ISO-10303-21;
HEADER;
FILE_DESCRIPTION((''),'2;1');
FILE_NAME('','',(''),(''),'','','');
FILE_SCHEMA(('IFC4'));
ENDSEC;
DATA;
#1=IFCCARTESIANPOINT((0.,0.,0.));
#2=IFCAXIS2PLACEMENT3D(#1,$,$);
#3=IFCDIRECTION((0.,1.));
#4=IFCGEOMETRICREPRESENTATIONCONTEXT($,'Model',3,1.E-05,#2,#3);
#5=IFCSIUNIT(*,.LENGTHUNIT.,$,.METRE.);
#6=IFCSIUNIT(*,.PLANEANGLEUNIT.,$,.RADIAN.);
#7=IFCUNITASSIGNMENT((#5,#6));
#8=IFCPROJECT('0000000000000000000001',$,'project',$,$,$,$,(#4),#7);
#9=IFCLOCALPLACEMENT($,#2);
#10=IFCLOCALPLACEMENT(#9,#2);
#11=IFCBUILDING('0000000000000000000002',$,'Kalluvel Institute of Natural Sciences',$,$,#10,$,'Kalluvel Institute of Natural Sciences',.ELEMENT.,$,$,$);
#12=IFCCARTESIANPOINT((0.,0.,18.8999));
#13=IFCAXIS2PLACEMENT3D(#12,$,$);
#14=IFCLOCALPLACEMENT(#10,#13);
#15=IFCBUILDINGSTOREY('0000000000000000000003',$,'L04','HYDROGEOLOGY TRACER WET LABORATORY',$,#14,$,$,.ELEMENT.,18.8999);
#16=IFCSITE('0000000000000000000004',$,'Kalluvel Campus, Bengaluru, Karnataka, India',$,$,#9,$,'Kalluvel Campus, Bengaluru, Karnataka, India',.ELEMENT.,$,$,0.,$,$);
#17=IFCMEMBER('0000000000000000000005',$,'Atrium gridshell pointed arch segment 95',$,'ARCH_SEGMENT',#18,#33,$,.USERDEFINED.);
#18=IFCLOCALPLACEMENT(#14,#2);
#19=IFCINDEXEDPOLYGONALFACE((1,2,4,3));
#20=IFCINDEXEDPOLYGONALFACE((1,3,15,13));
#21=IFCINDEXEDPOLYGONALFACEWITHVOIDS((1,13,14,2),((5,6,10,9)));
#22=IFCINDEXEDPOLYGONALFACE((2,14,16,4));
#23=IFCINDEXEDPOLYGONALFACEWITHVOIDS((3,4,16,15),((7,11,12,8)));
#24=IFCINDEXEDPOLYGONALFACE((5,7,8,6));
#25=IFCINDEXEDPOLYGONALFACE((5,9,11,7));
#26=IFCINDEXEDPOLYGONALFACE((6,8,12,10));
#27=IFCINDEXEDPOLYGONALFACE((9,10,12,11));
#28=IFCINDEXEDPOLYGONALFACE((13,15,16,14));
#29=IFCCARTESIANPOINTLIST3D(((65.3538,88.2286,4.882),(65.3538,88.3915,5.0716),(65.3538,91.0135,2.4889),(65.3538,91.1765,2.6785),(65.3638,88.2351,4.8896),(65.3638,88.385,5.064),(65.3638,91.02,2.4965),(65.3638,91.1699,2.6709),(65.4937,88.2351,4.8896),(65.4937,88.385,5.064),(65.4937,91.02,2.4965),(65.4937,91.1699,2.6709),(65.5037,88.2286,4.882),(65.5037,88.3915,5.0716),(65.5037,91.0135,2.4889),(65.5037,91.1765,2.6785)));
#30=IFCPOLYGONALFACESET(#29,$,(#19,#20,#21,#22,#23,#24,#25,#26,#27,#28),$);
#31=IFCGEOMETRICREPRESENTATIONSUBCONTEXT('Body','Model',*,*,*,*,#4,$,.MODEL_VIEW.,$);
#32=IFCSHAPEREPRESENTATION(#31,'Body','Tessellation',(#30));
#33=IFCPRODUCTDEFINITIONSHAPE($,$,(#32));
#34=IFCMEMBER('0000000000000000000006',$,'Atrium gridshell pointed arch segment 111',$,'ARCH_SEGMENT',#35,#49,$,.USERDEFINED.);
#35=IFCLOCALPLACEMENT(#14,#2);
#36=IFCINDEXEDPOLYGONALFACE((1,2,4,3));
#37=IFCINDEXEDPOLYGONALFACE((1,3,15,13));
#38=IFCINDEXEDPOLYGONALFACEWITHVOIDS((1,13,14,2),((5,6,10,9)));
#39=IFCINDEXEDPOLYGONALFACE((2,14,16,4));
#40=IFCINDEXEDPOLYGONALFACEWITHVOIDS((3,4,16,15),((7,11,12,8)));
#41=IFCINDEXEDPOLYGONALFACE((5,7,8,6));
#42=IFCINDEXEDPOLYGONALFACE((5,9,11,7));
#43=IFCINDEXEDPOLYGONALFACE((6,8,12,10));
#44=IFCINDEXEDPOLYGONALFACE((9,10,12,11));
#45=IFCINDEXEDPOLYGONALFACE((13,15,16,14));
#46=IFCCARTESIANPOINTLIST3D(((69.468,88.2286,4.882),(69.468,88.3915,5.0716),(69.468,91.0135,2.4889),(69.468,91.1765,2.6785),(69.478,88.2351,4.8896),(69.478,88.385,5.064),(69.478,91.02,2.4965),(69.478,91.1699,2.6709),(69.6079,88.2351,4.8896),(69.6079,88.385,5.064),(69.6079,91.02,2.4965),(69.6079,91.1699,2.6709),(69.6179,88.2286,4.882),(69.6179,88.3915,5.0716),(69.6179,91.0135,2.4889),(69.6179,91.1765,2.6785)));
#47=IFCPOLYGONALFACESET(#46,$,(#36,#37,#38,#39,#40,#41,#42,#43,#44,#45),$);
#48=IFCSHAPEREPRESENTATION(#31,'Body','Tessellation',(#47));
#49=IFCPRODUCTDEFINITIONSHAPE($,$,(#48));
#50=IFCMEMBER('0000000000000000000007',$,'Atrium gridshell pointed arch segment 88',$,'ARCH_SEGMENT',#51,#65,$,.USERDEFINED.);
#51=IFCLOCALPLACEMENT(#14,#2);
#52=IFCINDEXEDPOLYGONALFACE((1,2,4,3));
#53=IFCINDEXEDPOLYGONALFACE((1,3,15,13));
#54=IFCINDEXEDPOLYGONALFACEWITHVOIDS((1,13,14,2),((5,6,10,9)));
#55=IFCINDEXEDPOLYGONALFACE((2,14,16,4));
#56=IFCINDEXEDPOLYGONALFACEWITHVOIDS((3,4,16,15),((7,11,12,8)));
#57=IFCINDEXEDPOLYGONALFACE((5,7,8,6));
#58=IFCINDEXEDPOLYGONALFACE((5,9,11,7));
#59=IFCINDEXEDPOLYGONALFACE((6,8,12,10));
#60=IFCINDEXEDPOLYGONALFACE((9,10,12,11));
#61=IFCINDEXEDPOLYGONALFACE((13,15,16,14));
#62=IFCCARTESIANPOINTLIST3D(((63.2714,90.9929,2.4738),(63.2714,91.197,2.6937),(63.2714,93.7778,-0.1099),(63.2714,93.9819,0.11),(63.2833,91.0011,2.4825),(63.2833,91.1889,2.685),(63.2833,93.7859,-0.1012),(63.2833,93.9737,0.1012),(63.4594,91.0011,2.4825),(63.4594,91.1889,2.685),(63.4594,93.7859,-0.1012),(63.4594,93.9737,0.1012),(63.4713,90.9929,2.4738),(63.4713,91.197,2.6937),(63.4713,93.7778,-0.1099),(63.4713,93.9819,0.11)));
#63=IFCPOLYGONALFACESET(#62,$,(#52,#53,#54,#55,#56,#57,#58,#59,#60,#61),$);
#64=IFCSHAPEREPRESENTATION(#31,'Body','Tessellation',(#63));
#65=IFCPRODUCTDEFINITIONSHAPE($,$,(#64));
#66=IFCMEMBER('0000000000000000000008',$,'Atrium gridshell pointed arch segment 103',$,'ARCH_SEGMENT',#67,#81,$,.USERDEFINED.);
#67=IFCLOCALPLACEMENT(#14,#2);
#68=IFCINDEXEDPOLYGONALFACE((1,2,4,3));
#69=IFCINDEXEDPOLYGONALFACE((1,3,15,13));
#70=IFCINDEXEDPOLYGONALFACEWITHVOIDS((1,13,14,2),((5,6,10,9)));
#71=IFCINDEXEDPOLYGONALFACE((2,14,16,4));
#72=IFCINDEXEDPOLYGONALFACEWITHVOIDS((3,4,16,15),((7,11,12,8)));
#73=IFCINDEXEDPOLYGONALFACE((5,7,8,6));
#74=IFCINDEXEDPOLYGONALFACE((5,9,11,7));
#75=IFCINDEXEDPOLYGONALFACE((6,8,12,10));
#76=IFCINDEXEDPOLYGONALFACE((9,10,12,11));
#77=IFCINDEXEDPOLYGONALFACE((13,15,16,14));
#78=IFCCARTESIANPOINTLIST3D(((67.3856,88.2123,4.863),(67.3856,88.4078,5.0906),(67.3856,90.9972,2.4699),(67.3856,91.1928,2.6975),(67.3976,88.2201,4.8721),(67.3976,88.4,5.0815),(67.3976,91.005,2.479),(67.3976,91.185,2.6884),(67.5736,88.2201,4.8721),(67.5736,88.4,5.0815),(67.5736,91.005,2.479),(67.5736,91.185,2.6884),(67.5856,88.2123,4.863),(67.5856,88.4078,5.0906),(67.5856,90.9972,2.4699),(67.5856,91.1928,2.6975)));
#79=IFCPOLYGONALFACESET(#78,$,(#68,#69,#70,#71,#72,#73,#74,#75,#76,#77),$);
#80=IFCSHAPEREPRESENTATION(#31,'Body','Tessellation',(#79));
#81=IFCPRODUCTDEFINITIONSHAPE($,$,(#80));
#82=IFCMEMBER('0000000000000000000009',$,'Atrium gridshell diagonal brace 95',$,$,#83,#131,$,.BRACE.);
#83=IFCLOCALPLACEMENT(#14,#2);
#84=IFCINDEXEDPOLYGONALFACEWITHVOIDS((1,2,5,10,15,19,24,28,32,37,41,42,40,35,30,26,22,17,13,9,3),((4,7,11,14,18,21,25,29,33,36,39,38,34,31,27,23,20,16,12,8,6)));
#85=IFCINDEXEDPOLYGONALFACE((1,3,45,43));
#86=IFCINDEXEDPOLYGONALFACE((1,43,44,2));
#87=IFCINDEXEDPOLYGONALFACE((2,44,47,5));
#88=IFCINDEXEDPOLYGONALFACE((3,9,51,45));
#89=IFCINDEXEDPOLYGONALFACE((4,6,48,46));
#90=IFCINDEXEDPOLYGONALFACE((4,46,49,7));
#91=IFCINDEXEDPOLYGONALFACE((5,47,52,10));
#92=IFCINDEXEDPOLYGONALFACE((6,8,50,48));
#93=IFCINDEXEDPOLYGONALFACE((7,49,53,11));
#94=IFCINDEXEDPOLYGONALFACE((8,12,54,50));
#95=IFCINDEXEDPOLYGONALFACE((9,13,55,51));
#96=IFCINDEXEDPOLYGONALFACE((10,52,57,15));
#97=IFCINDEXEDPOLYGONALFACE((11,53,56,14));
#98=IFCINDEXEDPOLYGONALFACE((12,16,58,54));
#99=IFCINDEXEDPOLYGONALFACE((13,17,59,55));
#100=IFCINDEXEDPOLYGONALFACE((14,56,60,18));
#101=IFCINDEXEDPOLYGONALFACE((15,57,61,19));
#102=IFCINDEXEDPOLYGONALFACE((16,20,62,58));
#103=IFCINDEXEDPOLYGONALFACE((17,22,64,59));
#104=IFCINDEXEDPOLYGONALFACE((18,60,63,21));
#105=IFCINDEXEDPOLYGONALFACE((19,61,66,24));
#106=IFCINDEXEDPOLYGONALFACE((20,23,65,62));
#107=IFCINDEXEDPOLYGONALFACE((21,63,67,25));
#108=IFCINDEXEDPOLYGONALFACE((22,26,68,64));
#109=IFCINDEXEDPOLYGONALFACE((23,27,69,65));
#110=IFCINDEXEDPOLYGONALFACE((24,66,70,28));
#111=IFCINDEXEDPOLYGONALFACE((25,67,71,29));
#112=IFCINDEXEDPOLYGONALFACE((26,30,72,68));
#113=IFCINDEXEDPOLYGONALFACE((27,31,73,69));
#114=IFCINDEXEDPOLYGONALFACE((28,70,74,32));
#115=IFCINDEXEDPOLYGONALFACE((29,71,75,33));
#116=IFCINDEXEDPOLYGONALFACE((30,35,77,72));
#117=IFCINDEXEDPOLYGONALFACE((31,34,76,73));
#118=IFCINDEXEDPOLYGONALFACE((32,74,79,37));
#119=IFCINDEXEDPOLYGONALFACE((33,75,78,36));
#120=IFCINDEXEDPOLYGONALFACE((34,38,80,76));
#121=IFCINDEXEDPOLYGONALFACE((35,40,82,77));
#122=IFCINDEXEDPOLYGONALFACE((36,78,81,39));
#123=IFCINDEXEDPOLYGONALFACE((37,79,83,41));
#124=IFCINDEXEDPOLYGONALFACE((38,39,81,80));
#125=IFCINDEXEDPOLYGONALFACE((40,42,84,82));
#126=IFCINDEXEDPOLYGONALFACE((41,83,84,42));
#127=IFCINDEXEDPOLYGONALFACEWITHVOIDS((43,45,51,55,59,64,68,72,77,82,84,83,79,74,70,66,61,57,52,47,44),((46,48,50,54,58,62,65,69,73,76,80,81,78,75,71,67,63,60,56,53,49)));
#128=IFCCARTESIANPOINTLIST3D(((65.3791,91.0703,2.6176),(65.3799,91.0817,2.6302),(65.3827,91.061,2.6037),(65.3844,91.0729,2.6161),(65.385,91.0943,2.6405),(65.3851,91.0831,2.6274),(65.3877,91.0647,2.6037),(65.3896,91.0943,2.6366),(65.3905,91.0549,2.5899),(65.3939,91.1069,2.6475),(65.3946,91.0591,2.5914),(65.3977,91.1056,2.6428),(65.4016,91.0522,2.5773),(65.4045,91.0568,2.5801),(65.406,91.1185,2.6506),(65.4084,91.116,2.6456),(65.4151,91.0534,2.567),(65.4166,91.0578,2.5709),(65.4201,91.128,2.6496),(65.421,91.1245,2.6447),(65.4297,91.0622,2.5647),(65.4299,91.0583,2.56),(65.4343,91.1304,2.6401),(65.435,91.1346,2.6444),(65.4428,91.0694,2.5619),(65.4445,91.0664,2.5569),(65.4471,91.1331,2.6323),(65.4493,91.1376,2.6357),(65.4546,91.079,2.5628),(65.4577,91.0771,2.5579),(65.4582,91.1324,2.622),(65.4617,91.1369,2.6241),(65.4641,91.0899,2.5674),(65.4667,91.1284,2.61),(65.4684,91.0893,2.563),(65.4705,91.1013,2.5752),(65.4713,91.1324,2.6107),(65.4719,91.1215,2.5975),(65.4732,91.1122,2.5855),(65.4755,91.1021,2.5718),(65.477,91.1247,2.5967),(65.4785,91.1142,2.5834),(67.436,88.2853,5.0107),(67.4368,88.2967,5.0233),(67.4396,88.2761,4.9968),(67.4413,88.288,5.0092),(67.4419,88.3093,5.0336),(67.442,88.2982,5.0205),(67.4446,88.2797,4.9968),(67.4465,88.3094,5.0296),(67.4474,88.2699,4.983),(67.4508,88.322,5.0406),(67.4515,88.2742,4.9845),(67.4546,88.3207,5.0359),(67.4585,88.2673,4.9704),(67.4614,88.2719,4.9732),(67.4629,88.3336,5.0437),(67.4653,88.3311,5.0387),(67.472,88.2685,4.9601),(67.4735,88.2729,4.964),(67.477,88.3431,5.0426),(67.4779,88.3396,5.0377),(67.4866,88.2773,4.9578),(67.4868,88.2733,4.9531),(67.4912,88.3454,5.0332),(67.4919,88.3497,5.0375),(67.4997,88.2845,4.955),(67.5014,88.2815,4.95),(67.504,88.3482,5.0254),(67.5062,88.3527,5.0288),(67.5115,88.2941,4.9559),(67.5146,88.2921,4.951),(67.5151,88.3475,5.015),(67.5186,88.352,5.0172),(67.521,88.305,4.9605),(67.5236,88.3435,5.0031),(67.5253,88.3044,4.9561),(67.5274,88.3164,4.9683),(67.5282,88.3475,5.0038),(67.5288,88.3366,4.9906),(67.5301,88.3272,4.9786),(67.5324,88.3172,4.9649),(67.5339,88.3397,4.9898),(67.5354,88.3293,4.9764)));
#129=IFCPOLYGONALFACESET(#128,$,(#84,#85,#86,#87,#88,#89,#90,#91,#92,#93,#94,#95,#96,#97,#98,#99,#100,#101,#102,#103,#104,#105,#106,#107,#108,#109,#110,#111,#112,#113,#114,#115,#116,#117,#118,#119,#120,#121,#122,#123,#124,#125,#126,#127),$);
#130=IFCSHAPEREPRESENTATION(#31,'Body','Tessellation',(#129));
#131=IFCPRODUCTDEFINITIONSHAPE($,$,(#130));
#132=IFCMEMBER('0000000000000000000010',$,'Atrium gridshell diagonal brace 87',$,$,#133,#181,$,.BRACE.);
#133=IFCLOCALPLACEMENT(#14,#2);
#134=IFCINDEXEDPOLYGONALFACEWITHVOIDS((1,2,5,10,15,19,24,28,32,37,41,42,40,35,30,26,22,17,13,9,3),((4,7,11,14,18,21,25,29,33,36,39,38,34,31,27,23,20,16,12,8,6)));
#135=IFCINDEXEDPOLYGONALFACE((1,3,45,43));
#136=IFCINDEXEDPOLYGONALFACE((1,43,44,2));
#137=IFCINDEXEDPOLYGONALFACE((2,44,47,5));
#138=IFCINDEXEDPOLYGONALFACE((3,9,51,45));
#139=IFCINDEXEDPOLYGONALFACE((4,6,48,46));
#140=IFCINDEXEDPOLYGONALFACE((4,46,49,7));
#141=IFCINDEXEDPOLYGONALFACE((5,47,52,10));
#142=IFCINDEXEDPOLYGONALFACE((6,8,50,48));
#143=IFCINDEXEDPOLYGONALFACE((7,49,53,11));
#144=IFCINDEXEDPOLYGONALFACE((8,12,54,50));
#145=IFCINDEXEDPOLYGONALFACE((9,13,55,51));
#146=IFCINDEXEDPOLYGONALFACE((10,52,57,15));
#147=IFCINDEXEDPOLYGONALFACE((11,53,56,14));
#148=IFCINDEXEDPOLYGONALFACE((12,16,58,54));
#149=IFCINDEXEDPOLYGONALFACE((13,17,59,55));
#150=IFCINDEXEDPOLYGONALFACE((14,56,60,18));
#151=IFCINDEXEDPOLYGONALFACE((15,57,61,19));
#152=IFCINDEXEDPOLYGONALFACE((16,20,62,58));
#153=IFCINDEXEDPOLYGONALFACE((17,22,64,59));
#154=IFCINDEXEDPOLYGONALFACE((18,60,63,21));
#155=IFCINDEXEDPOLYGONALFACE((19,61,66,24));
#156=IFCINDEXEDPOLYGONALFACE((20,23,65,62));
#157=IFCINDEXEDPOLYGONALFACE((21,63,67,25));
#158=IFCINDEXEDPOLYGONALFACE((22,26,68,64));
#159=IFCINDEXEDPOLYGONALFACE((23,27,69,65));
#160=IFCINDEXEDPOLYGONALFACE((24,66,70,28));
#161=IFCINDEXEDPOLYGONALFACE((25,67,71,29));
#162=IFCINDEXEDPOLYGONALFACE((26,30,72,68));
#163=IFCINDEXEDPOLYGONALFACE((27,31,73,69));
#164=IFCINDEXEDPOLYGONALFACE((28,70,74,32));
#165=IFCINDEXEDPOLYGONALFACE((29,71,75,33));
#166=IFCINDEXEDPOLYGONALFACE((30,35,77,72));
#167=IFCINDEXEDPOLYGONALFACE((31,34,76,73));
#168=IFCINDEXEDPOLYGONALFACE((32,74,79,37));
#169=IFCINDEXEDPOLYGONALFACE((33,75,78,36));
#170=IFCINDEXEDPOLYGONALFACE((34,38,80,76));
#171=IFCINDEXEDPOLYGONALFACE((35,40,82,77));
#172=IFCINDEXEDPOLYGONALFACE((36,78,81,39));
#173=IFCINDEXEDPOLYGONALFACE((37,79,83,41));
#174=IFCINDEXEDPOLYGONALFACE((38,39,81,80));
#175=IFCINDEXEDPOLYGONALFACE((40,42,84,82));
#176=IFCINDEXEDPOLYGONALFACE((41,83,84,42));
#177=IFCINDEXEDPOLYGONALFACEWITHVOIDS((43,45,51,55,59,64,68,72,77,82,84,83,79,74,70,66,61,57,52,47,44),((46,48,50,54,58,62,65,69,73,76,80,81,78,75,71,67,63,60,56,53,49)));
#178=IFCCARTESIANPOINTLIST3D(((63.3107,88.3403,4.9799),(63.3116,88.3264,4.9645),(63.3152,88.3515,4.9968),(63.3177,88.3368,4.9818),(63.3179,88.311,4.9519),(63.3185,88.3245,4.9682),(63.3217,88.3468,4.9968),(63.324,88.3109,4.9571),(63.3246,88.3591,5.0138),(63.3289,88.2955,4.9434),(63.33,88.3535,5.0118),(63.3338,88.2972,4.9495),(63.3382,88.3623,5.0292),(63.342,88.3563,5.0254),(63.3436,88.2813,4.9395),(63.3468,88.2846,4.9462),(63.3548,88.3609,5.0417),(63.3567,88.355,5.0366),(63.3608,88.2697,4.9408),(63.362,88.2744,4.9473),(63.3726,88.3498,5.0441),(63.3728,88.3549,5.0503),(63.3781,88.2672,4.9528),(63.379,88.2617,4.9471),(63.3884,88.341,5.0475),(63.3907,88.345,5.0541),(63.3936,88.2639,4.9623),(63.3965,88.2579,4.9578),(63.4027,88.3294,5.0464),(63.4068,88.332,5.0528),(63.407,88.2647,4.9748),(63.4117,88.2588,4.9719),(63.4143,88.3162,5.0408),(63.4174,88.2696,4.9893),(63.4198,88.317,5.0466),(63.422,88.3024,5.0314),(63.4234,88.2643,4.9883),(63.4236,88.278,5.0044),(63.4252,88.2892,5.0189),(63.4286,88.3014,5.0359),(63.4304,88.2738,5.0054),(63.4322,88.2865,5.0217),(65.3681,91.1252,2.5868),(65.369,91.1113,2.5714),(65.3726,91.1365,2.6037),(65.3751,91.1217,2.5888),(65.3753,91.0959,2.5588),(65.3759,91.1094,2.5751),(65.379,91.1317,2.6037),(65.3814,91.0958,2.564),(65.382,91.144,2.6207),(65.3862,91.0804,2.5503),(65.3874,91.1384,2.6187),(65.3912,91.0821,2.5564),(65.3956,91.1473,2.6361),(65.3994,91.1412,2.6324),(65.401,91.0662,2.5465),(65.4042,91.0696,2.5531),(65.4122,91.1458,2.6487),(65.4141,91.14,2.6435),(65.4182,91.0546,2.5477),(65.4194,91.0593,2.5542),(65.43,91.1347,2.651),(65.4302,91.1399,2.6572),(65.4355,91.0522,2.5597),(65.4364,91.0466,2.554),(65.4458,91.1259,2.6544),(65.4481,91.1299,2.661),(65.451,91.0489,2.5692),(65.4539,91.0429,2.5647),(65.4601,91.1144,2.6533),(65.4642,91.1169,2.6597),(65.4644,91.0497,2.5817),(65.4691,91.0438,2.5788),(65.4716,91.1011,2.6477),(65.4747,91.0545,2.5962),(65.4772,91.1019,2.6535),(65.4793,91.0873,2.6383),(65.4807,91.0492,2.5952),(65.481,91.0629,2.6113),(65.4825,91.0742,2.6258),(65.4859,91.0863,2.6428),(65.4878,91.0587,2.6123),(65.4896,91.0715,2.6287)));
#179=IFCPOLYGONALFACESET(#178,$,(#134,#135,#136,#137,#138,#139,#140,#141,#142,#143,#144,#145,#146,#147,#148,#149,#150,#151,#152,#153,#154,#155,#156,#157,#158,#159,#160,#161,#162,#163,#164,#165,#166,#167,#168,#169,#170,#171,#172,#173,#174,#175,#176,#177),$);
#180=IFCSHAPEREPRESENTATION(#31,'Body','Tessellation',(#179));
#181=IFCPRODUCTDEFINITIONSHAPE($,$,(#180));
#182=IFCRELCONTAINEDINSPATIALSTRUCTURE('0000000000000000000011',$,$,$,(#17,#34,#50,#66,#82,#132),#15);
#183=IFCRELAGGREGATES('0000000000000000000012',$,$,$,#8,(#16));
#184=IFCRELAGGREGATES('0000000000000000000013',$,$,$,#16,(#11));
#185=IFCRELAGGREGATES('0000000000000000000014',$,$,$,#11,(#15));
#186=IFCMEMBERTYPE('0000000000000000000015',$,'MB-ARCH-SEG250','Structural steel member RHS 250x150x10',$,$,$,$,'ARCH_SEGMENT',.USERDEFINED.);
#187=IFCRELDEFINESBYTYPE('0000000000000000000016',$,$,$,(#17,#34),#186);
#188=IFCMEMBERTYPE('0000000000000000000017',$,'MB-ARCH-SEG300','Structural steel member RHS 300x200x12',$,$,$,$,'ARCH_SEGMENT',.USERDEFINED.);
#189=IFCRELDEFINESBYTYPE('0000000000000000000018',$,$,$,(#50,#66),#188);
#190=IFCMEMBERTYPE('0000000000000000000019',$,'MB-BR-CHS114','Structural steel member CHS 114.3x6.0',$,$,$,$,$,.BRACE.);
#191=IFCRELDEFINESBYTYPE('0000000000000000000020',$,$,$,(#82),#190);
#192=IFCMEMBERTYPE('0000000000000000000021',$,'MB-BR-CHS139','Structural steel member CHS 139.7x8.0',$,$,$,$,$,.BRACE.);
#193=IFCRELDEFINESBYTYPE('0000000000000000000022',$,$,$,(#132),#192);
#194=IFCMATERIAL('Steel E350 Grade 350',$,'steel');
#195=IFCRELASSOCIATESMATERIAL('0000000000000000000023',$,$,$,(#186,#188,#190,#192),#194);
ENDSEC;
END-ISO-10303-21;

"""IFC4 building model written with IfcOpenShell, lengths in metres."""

from ifc_helpers import new_model, si_unit, direction, frame, origin, origin_2d, place, context, subcontext, project, spatial, hollow_rectangle, hollow_circle, extrude, material, material_profile, profile_set, type_object, element, save


model = new_model("IFC4")

# Units and contexts
model_context = context("Model", 3, precision=1e-05, world=origin(), true_north=direction((0.0, 1.0)))
body_context = subcontext(model_context, "Body", "Model", "MODEL_VIEW")
ifc_project = project(units=[si_unit("LENGTHUNIT", "METRE"), si_unit("PLANEANGLEUNIT", "RADIAN")], contexts=[model_context])

# Site, building, storey
site_placement = place(None, origin())
site = spatial("IfcSite", under=ifc_project, at=site_placement, Name="Kalluvel Campus, Bengaluru, Karnataka, India", LongName="Kalluvel Campus, Bengaluru, Karnataka, India", CompositionType="ELEMENT", RefElevation=0.0)
building_placement = place(site_placement, origin())
building = spatial("IfcBuilding", under=site, at=building_placement, Name="Kalluvel Institute of Natural Sciences", LongName="Kalluvel Institute of Natural Sciences", CompositionType="ELEMENT")
storey_placement = place(building_placement, frame((0.0, 0.0, 18.8999)))
storey = spatial("IfcBuildingStorey", under=building, at=storey_placement, Name="L04", Description="HYDROGEOLOGY TRACER WET LABORATORY", CompositionType="ELEMENT", Elevation=18.8999)

# Members
ifc_material_1 = material(Name="Steel E350 Grade 350", Category="steel")
ifc_material_profile_1 = material_profile(ifc_material_1, hollow_rectangle(XDim=0.1499, YDim=0.25, WallThickness=0.01, at=origin_2d()), Name="RHS 250x150x10")
ifc_profile_set_1 = profile_set([ifc_material_profile_1], Name="Steel E350 Grade 350")
member_type_1 = type_object("IfcMemberType", Name="MB-ARCH-SEG250", Description="Structural steel member RHS 250x150x10", ElementType="ARCH_SEGMENT", PredefinedType="USERDEFINED", material=ifc_profile_set_1)
for number, where, z_axis, x_axis, name in (
    (1, (65.4287, 88.3101, 4.9768), (0.0, 0.758449, -0.651733), (-1.0, 0.0, 0.0), "Atrium gridshell pointed arch segment 95"),
    (2, (69.543, 88.3101, 4.9768), (0.0, 0.758449, -0.651733), (-1.0, 0.0, 0.0), "Atrium gridshell pointed arch segment 111"),
):
    element("IfcMember", number, at=place(storey_placement, frame(where, z_axis=z_axis, x_axis=x_axis)), inside=storey, type_object=member_type_1, Name=name, ObjectType="ARCH_SEGMENT", PredefinedType="USERDEFINED", context=body_context, shape_type="SweptSolid", body=[
        extrude(hollow_rectangle(XDim=0.1499, YDim=0.25, WallThickness=0.01, at=origin_2d()), origin(), (0.0, 0.0, 1.0), 3.6719),
    ])
ifc_material_profile_2 = material_profile(ifc_material_1, hollow_rectangle(XDim=0.2, YDim=0.3, WallThickness=0.012, at=origin_2d()), Name="RHS 300x200x12")
ifc_profile_set_2 = profile_set([ifc_material_profile_2], Name="Steel E350 Grade 350")
member_type_2 = type_object("IfcMemberType", Name="MB-ARCH-SEG300", Description="Structural steel member RHS 300x200x12", ElementType="ARCH_SEGMENT", PredefinedType="USERDEFINED", material=ifc_profile_set_2)
member_1_placement = place(storey_placement, frame((63.3713, 91.095, 2.5837), z_axis=(0.0, 0.733089, -0.680133), x_axis=(-1.0, 0.0, 0.0)))
element("IfcMember", 3, at=member_1_placement, inside=storey, type_object=member_type_2, Name="Atrium gridshell pointed arch segment 88", ObjectType="ARCH_SEGMENT", PredefinedType="USERDEFINED", context=body_context, shape_type="SweptSolid", body=[
    extrude(hollow_rectangle(XDim=0.2, YDim=0.3, WallThickness=0.012, at=origin_2d()), origin(), (0.0, 0.0, 1.0), 3.7988),
])
member_2_placement = place(storey_placement, frame((67.4856, 88.3101, 4.9768), z_axis=(0.0, 0.758449, -0.651733), x_axis=(-1.0, 0.0, 0.0)))
element("IfcMember", 4, at=member_2_placement, inside=storey, type_object=member_type_2, Name="Atrium gridshell pointed arch segment 103", ObjectType="ARCH_SEGMENT", PredefinedType="USERDEFINED", context=body_context, shape_type="SweptSolid", body=[
    extrude(hollow_rectangle(XDim=0.2, YDim=0.3, WallThickness=0.012, at=origin_2d()), origin(), (0.0, 0.0, 1.0), 3.6719),
])
ifc_material_profile_3 = material_profile(ifc_material_1, hollow_circle(Radius=0.0571, WallThickness=0.0061, at=origin_2d()), Name="CHS 114.3x6.0")
ifc_profile_set_3 = profile_set([ifc_material_profile_3], Name="Steel E350 Grade 350")
member_type_3 = type_object("IfcMemberType", Name="MB-BR-CHS114", Description="Structural steel member CHS 114.3x6.0", PredefinedType="BRACE", material=ifc_profile_set_3)
member_3_placement = place(storey_placement, frame((67.4856, 88.3101, 4.9968), z_axis=(-0.48872, 0.661701, -0.568598), x_axis=(-0.804387, -0.594106, 0.0)))
element("IfcMember", 5, at=member_3_placement, inside=storey, type_object=member_type_3, Name="Atrium gridshell diagonal brace 95", PredefinedType="BRACE", context=body_context, shape_type="SweptSolid", body=[
    extrude(hollow_circle(Radius=0.0571, WallThickness=0.0061, at=origin_2d()), origin(), (0.0, 0.0, 1.0), 4.2087),
])
ifc_material_profile_4 = material_profile(ifc_material_1, hollow_circle(Radius=0.0698, WallThickness=0.0081, at=origin_2d()), Name="CHS 139.7x8.0")
ifc_profile_set_4 = profile_set([ifc_material_profile_4], Name="Steel E350 Grade 350")
member_type_4 = type_object("IfcMemberType", Name="MB-BR-CHS139", Description="Structural steel member CHS 139.7x8.0", PredefinedType="BRACE", material=ifc_profile_set_4)
for number, where, z_axis, x_axis, name in (
    (6, (63.3713, 88.3101, 4.9968), (0.488809, 0.661664, -0.568566), (-0.80432, 0.594197, 0.0), "Atrium gridshell diagonal brace 87"),
):
    element("IfcMember", number, at=place(storey_placement, frame(where, z_axis=z_axis, x_axis=x_axis)), inside=storey, type_object=member_type_4, Name=name, PredefinedType="BRACE", context=body_context, shape_type="SweptSolid", body=[
        extrude(hollow_circle(Radius=0.0698, WallThickness=0.0081, at=origin_2d()), origin(), (0.0, 0.0, 1.0), 4.209),
    ])

save(model, "model.ifc")
